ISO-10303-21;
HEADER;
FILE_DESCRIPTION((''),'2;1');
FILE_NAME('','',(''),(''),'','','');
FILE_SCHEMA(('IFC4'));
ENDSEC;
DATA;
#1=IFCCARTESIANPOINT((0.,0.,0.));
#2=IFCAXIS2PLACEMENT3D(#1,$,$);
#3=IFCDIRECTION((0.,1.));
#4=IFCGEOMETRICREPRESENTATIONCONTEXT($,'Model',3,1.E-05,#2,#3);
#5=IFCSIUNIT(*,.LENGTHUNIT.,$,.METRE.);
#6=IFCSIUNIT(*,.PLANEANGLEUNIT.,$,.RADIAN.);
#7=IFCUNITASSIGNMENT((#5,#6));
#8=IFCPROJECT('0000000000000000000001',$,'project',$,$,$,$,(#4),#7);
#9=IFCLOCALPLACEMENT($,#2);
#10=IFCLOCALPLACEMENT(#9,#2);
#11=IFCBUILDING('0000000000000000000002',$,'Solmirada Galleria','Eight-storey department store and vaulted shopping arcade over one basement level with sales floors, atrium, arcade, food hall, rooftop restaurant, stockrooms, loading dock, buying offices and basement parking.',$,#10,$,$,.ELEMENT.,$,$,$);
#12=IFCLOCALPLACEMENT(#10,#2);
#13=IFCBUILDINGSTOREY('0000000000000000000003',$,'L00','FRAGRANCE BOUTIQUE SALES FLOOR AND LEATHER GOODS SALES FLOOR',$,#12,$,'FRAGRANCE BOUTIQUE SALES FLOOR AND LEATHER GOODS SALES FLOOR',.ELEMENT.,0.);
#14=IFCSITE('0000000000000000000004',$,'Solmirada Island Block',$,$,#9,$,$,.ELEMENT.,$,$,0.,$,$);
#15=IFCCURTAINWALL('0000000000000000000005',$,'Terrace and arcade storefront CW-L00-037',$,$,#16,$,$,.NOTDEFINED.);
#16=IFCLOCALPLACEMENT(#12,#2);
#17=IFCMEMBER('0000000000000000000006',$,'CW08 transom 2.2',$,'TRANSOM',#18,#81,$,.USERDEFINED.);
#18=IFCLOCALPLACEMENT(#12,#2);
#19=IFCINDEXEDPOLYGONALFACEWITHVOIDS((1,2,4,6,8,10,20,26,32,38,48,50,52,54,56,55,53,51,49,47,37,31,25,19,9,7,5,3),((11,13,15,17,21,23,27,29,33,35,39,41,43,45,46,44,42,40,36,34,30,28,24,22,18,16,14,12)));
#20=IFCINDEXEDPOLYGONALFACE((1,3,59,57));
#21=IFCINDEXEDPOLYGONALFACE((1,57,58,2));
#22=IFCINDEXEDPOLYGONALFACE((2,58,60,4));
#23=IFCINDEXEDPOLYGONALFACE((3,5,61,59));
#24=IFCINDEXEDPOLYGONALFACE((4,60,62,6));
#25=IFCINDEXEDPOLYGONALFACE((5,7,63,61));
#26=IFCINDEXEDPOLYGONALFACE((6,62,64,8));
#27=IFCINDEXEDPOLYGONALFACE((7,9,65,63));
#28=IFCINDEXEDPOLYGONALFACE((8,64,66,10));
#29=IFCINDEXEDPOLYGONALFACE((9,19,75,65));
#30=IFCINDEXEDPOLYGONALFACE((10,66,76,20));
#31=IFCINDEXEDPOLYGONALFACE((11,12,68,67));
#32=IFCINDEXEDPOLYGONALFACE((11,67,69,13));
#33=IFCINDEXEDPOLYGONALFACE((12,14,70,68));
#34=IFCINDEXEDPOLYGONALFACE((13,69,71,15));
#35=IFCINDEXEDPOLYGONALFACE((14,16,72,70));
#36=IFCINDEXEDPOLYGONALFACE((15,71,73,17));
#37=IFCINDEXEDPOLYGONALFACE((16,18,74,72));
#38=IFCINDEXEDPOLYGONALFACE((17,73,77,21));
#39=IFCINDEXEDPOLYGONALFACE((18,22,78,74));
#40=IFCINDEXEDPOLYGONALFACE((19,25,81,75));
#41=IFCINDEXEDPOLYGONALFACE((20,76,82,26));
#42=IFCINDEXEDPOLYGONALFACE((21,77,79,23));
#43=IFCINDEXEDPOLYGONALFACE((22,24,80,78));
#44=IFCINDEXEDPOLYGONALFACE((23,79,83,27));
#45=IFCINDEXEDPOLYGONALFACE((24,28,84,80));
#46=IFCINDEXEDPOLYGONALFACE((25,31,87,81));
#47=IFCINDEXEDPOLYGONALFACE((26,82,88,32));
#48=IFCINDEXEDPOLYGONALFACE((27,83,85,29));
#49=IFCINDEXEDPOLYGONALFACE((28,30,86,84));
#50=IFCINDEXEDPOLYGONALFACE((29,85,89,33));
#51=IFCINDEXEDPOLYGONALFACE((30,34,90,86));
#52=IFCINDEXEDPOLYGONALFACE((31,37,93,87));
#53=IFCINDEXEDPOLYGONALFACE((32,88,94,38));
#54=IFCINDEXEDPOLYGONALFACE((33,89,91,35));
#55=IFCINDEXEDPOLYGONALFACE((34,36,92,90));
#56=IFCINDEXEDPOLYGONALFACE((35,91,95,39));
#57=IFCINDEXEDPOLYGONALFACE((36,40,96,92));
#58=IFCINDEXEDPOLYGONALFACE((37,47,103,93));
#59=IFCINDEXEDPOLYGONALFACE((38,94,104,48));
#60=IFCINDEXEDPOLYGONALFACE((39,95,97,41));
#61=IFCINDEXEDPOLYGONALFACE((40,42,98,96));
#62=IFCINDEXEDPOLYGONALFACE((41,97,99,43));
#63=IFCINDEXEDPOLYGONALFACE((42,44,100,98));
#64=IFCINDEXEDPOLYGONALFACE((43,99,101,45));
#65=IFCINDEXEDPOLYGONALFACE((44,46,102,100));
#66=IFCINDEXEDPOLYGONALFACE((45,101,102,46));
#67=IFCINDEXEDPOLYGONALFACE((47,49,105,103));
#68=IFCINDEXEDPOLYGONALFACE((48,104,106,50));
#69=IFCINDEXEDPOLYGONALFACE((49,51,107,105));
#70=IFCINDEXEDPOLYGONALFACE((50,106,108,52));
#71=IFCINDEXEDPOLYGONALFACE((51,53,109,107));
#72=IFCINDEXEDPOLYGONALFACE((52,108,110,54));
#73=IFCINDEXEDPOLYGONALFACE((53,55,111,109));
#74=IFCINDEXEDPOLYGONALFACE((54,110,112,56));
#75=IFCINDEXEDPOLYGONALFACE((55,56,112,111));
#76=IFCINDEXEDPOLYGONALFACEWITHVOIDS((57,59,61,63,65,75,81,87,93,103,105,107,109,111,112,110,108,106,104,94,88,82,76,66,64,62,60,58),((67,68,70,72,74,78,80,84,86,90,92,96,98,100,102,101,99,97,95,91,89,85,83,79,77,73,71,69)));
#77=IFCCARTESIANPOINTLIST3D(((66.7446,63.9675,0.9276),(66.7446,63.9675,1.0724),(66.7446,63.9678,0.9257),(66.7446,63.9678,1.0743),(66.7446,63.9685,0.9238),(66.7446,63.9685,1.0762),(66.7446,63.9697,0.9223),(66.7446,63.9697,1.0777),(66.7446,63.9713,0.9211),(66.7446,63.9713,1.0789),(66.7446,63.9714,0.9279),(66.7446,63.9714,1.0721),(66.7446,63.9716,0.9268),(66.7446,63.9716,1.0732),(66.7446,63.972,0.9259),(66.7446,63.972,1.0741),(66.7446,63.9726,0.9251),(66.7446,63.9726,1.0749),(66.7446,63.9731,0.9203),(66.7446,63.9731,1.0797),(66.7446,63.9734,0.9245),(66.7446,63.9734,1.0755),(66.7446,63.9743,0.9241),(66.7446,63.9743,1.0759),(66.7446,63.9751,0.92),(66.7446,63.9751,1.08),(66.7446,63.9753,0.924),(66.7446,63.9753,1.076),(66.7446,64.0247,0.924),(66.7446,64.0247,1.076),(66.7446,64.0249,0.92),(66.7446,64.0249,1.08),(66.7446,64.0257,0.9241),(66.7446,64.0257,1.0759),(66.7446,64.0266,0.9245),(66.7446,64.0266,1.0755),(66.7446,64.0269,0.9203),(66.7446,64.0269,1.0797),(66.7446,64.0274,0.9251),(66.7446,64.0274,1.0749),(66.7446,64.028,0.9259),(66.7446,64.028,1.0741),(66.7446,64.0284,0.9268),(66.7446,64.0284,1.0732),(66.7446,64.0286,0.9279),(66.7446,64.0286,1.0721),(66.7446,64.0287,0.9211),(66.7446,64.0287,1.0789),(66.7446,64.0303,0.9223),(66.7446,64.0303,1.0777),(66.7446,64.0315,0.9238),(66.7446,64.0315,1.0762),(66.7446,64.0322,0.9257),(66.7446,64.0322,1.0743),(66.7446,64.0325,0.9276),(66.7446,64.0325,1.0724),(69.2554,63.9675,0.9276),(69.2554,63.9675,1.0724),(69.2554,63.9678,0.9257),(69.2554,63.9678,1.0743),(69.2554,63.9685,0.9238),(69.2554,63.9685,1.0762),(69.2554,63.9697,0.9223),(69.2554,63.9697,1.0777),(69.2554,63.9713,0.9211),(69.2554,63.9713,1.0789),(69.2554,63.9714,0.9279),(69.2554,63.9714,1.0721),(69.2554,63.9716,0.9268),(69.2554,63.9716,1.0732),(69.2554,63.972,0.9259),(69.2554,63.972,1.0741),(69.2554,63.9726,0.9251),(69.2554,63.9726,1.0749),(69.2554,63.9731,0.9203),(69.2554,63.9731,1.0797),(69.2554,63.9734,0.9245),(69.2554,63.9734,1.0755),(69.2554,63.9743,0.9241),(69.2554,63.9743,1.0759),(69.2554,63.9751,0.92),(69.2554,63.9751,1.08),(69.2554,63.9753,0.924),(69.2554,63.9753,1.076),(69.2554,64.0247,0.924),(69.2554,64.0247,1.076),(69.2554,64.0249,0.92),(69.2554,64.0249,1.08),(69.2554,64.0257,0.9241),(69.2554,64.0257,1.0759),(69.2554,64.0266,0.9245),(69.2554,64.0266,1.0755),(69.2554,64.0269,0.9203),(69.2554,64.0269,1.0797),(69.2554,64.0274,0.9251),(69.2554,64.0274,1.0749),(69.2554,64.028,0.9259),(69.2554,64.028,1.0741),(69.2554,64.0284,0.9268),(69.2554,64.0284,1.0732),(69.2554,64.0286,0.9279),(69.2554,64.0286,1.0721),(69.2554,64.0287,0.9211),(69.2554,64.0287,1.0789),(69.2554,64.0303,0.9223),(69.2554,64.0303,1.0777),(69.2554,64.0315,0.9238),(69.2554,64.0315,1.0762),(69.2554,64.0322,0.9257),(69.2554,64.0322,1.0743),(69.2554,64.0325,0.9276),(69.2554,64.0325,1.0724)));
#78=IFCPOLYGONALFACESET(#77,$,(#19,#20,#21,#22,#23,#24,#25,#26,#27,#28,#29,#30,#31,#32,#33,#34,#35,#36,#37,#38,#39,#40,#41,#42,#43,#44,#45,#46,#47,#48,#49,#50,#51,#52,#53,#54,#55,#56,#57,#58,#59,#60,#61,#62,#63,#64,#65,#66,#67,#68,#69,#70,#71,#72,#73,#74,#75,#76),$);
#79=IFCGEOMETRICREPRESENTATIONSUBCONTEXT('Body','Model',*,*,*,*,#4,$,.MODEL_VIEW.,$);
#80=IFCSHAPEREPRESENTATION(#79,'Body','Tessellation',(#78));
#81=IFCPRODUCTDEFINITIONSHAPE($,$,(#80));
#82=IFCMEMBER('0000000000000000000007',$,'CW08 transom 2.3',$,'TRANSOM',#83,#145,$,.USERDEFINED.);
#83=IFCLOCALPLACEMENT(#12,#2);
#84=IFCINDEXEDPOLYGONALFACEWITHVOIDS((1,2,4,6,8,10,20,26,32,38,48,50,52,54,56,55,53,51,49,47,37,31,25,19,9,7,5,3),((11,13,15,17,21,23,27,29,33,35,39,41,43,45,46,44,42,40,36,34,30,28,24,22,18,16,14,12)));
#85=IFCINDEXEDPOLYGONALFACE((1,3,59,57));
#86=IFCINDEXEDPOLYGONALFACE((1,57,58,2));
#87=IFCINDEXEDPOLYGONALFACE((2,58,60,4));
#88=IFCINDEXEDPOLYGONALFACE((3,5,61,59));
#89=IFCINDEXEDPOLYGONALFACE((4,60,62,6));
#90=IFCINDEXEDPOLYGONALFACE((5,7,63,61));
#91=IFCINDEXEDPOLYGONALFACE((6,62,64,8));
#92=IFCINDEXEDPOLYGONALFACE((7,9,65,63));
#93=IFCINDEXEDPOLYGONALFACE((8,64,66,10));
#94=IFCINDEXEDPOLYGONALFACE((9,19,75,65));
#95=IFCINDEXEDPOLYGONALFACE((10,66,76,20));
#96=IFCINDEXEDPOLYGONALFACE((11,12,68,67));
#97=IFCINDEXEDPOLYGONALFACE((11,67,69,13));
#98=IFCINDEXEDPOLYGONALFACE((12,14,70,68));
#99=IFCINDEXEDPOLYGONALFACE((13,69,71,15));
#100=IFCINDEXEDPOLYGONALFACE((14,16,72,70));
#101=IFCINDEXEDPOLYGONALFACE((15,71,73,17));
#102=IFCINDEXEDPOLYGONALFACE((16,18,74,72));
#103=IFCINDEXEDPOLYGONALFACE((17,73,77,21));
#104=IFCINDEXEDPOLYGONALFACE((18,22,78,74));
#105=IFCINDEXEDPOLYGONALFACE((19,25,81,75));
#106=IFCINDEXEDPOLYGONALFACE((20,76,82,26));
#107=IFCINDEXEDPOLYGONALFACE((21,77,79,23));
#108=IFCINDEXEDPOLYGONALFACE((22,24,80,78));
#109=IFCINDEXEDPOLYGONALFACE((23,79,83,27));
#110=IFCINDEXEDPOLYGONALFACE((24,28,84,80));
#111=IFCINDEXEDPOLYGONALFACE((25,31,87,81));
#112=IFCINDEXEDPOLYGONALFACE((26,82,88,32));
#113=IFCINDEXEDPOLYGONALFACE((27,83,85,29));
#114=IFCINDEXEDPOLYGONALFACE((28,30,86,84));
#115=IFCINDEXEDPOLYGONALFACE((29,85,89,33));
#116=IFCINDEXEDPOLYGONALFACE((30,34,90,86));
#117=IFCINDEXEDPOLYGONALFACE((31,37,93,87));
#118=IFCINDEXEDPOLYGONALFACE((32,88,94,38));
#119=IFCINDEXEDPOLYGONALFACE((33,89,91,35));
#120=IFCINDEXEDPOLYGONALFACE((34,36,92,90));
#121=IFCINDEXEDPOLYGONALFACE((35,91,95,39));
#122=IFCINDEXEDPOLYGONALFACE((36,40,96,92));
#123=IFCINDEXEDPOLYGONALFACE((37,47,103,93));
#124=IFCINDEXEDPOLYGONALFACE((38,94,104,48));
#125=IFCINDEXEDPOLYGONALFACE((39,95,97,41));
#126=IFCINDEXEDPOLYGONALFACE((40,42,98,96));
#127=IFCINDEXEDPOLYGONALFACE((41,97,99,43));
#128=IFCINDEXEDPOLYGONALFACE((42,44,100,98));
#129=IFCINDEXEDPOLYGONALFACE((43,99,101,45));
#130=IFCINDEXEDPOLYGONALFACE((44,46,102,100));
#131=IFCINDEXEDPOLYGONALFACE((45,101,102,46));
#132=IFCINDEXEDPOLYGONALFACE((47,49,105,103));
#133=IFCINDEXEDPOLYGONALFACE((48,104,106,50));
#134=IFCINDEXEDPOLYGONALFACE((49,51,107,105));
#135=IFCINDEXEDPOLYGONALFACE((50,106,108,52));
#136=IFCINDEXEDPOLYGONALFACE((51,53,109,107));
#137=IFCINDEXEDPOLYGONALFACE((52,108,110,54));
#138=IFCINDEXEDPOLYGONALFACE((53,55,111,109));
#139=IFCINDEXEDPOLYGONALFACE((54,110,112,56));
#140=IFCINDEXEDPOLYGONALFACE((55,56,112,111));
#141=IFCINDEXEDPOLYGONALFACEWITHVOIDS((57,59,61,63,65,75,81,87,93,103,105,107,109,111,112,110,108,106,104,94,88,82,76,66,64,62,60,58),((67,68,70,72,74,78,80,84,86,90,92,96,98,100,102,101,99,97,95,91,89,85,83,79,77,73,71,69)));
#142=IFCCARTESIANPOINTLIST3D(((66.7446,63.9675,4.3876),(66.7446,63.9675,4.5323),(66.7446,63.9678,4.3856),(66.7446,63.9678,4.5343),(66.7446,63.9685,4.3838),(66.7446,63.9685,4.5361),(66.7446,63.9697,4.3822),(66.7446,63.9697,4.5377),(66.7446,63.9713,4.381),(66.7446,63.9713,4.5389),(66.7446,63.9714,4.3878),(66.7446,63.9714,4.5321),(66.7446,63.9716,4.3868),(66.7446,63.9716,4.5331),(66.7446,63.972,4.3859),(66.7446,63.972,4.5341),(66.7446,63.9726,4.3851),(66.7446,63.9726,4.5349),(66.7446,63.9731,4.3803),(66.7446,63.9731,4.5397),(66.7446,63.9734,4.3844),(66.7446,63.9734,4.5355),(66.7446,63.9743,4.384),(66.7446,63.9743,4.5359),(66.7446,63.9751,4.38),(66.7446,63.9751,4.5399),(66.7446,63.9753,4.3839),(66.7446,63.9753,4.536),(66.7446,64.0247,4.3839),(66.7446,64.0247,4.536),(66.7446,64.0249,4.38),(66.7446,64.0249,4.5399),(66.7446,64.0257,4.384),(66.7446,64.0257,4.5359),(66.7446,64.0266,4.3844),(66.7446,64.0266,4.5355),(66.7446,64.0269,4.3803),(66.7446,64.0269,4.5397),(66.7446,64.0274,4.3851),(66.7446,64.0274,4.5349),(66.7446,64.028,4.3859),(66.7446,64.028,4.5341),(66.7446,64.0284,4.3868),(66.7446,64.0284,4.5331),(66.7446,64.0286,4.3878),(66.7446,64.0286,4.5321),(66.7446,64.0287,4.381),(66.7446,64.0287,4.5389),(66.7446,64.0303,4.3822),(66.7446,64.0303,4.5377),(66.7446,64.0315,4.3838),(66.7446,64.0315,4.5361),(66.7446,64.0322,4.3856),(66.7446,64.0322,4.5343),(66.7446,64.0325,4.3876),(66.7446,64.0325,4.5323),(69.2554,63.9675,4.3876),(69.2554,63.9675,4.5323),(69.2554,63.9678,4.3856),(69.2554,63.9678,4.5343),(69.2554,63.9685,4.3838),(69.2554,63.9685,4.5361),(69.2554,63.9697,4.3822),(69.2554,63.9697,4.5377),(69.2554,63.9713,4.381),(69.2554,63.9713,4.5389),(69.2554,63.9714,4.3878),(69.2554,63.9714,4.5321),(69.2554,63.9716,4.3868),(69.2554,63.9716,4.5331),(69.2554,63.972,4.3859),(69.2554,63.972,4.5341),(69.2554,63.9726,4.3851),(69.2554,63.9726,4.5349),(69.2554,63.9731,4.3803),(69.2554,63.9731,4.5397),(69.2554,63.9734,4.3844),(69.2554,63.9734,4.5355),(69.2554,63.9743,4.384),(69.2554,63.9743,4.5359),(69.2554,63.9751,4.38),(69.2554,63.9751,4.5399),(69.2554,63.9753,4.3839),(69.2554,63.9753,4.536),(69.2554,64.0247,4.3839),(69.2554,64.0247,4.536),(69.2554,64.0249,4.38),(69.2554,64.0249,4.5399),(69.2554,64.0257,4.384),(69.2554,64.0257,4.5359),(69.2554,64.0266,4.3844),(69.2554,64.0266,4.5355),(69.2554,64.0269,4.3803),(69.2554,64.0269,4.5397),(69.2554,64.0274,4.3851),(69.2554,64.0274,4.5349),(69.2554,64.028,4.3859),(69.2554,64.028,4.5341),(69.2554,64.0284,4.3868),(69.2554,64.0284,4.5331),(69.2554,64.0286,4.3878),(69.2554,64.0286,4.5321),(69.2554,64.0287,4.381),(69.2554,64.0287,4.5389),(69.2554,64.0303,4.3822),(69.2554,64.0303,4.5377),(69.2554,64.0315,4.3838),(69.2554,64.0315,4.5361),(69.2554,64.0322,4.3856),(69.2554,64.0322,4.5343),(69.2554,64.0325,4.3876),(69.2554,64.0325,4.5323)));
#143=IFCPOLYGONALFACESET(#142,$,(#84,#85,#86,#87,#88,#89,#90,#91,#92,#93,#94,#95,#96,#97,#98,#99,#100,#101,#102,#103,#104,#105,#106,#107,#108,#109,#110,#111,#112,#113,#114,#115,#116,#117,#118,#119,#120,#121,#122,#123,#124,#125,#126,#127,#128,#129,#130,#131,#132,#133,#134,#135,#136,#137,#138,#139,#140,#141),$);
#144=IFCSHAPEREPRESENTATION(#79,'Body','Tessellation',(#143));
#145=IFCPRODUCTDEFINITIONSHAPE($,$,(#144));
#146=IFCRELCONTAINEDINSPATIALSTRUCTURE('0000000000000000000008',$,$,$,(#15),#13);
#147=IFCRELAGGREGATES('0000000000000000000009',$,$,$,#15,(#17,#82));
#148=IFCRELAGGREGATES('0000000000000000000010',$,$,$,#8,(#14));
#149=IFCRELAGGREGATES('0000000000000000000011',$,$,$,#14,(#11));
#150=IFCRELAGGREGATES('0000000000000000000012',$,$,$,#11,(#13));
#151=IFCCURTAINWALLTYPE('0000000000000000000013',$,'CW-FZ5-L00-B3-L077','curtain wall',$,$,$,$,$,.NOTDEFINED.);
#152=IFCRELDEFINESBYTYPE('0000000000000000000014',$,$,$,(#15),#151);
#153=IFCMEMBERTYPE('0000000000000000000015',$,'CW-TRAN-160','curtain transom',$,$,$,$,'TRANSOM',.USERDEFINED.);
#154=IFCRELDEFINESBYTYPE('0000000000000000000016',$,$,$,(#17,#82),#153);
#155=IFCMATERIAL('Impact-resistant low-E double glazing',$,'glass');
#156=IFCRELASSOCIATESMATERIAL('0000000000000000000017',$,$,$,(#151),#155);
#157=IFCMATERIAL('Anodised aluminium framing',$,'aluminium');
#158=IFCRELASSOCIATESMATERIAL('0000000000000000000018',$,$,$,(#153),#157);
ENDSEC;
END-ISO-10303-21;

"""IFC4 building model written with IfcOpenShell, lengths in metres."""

from ifc_helpers import new_model, si_unit, direction, frame, origin, origin_2d, place, context, subcontext, project, spatial, hollow_rectangle, extrude, material, material_profile, profile_set, type_object, element, aggregate, save


model = new_model("IFC4")

# Units and contexts
model_context = context("Model", 3, precision=1e-05, world=origin(), true_north=direction((0.0, 1.0)))
body_context = subcontext(model_context, "Body", "Model", "MODEL_VIEW")
ifc_project = project(units=[si_unit("LENGTHUNIT", "METRE"), si_unit("PLANEANGLEUNIT", "RADIAN")], contexts=[model_context])

# Site, building, storey
site_placement = place(None, origin())
site = spatial("IfcSite", under=ifc_project, at=site_placement, Name="Solmirada Island Block", CompositionType="ELEMENT", RefElevation=0.0)
building_placement = place(site_placement, origin())
building = spatial("IfcBuilding", under=site, at=building_placement, Name="Solmirada Galleria", Description="Eight-storey department store and vaulted shopping arcade over one basement level with sales floors, atrium, arcade, food hall, rooftop restaurant, stockrooms, loading dock, buying offices and basement parking.", CompositionType="ELEMENT")
storey_placement = place(building_placement, origin())
storey = spatial("IfcBuildingStorey", under=building, at=storey_placement, Name="L00", Description="FRAGRANCE BOUTIQUE SALES FLOOR AND LEATHER GOODS SALES FLOOR", LongName="FRAGRANCE BOUTIQUE SALES FLOOR AND LEATHER GOODS SALES FLOOR", CompositionType="ELEMENT", Elevation=0.0)

# Curtain wall
ifc_material_1 = material(Name="Impact-resistant low-E double glazing", Category="glass")
curtain_wall_type = type_object("IfcCurtainWallType", Name="CW-FZ5-L00-B3-L077", Description="curtain wall", PredefinedType="NOTDEFINED", material=ifc_material_1)
ifc_material_2 = material(Name="Anodised aluminium framing", Category="aluminium")
curtain_wall_1_placement = place(storey_placement, origin())
curtain_wall_1 = element("IfcCurtainWall", 1, at=curtain_wall_1_placement, inside=storey, type_object=curtain_wall_type, Name="Terrace and arcade storefront CW-L00-037", PredefinedType="NOTDEFINED")

# Members
ifc_material_profile_1 = material_profile(ifc_material_2, hollow_rectangle(XDim=0.0649, YDim=0.1599, WallThickness=0.0039, InnerFilletRadius=0.0039, OuterFilletRadius=0.0076, at=origin_2d()), Name="ALU-TRAN-160X65")
ifc_profile_set_1 = profile_set([ifc_material_profile_1], Name="Anodised aluminium framing")
member_type_1 = type_object("IfcMemberType", Name="CW-TRAN-160", Description="curtain transom", ElementType="TRANSOM", PredefinedType="USERDEFINED", material=ifc_profile_set_1)
member_1_placement = place(storey_placement, frame((66.7446, 64.0, 1.0), z_axis=(1.0, 0.0, 0.0), x_axis=(0.0, 1.0, 0.0)))
member_1 = element("IfcMember", 2, at=member_1_placement, type_object=member_type_1, Name="CW08 transom 2.2", ObjectType="TRANSOM", PredefinedType="USERDEFINED", context=body_context, shape_type="SweptSolid", body=[
    extrude(hollow_rectangle(XDim=0.0649, YDim=0.1599, WallThickness=0.0039, InnerFilletRadius=0.0039, OuterFilletRadius=0.0076, at=origin_2d()), origin(), (0.0, 0.0, 1.0), 2.5107),
])
member_2_placement = place(storey_placement, frame((66.7446, 64.0, 4.46), z_axis=(1.0, 0.0, 0.0), x_axis=(0.0, 1.0, 0.0)))
member_2 = element("IfcMember", 3, at=member_2_placement, type_object=member_type_1, Name="CW08 transom 2.3", ObjectType="TRANSOM", PredefinedType="USERDEFINED", context=body_context, shape_type="SweptSolid", body=[
    extrude(hollow_rectangle(XDim=0.0649, YDim=0.1599, WallThickness=0.0039, InnerFilletRadius=0.0039, OuterFilletRadius=0.0076, at=origin_2d()), origin(), (0.0, 0.0, 1.0), 2.5107),
])

aggregate(curtain_wall_1, [member_1, member_2])

save(model, "model.ifc")
